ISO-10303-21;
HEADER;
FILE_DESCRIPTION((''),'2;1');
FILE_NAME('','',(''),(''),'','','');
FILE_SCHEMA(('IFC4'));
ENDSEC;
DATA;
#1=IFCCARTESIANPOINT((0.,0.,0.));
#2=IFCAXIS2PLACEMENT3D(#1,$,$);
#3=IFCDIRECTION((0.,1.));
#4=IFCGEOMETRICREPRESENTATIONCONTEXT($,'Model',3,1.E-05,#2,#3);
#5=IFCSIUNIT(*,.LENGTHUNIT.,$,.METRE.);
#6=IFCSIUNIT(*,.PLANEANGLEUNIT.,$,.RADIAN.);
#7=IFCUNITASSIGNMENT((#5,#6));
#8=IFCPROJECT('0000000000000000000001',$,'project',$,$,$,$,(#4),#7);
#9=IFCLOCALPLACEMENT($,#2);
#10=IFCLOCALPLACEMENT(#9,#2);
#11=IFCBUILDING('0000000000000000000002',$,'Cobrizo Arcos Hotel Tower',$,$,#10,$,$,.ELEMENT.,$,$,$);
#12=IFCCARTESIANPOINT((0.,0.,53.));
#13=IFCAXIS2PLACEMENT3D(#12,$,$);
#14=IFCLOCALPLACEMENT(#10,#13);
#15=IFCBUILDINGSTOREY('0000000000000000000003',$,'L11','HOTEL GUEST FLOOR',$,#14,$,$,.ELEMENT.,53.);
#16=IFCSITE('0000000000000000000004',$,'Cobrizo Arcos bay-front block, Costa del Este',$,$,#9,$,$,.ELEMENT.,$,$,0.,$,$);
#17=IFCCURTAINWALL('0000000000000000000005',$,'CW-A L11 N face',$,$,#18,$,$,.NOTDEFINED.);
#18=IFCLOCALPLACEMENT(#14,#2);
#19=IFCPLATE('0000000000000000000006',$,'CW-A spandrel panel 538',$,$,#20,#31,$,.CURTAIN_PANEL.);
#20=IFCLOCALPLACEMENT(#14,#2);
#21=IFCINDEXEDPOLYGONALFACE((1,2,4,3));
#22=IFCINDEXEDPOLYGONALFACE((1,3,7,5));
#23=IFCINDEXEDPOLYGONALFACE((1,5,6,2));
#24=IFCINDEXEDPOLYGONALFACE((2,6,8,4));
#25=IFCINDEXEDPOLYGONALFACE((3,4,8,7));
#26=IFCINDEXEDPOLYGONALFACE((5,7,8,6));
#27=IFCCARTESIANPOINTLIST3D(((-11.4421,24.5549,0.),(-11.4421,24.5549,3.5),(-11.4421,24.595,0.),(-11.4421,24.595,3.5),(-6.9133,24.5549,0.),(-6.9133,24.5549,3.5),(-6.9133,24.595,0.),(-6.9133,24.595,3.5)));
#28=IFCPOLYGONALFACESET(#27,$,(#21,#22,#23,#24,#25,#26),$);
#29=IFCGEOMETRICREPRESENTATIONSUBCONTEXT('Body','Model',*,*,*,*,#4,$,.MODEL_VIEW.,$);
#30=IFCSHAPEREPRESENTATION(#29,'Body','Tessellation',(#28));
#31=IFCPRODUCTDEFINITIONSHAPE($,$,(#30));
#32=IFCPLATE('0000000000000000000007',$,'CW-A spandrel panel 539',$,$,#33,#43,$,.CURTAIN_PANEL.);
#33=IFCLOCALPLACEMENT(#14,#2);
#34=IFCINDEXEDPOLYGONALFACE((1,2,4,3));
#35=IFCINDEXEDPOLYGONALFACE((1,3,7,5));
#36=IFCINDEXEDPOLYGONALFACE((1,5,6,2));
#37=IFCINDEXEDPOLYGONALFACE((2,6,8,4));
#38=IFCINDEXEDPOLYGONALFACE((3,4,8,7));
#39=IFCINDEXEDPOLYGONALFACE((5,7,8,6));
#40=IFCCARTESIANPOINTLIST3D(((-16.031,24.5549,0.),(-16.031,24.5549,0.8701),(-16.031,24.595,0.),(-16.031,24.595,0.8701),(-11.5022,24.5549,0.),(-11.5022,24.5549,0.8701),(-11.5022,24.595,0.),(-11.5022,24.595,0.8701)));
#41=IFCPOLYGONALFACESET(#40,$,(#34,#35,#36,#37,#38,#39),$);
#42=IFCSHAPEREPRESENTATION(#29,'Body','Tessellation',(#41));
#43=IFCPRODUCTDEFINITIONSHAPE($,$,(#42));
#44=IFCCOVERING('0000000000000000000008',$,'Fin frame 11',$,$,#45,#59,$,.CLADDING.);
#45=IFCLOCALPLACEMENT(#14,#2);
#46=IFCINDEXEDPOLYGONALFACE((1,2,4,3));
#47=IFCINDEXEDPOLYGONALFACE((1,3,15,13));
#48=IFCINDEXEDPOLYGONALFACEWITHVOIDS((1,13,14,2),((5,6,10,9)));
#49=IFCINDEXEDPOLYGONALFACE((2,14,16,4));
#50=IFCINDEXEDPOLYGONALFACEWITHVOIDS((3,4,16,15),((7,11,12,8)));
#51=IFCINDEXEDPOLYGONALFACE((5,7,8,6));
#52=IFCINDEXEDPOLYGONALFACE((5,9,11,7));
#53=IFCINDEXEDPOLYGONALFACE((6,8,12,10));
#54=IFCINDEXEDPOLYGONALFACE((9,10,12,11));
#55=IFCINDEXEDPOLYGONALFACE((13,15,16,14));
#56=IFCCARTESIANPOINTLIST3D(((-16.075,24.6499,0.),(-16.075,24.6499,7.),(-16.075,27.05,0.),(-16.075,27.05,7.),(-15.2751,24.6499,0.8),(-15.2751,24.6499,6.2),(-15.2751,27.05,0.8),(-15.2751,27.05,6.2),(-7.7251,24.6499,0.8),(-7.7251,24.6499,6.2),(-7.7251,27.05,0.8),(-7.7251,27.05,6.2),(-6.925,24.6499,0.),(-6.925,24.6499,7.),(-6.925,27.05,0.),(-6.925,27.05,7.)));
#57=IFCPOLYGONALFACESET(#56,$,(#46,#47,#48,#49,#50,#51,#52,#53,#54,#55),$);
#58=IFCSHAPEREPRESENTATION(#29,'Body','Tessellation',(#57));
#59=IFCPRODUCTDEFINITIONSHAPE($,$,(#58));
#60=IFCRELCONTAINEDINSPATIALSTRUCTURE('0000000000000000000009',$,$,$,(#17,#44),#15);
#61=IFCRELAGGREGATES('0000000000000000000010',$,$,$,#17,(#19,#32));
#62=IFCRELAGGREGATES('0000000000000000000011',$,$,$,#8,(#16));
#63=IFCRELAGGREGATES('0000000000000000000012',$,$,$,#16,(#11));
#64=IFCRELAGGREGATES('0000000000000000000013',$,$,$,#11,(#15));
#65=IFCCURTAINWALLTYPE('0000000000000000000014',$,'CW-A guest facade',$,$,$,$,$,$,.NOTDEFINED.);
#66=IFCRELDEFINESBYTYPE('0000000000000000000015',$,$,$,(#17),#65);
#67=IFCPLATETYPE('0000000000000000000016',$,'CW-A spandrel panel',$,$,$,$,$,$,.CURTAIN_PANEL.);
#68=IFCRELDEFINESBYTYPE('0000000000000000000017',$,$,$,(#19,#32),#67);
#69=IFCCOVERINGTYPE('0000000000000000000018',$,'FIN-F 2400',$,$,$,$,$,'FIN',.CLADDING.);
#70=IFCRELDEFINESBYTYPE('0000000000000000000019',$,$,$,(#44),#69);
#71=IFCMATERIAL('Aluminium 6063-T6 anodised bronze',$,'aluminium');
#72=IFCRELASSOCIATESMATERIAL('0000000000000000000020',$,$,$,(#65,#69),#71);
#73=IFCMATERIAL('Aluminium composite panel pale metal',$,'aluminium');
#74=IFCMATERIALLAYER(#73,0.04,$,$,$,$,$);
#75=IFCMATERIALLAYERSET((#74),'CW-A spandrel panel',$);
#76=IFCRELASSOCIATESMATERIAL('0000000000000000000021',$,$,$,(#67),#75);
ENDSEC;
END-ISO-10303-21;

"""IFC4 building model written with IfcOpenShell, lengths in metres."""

from ifc_helpers import new_model, si_unit, direction, frame, origin, origin_2d, place, context, subcontext, project, spatial, polyline, rectangle, outline, extrude, material, layer, layer_set, type_object, element, aggregate, save


model = new_model("IFC4")

# Units and contexts
model_context = context("Model", 3, precision=1e-05, world=origin(), true_north=direction((0.0, 1.0)))
body_context = subcontext(model_context, "Body", "Model", "MODEL_VIEW")
ifc_project = project(units=[si_unit("LENGTHUNIT", "METRE"), si_unit("PLANEANGLEUNIT", "RADIAN")], contexts=[model_context])

# Site, building, storey
site_placement = place(None, origin())
site = spatial("IfcSite", under=ifc_project, at=site_placement, Name="Cobrizo Arcos bay-front block, Costa del Este", CompositionType="ELEMENT", RefElevation=0.0)
building_placement = place(site_placement, origin())
building = spatial("IfcBuilding", under=site, at=building_placement, Name="Cobrizo Arcos Hotel Tower", CompositionType="ELEMENT")
storey_placement = place(building_placement, frame((0.0, 0.0, 53.0)))
storey = spatial("IfcBuildingStorey", under=building, at=storey_placement, Name="L11", Description="HOTEL GUEST FLOOR", CompositionType="ELEMENT", Elevation=53.0)

# Curtain wall
ifc_material_1 = material(Name="Aluminium 6063-T6 anodised bronze", Category="aluminium")
curtain_wall_type = type_object("IfcCurtainWallType", Name="CW-A guest facade", PredefinedType="NOTDEFINED", material=ifc_material_1)
curtain_wall_placement = place(storey_placement, origin())
curtain_wall = element("IfcCurtainWall", 1, at=curtain_wall_placement, inside=storey, type_object=curtain_wall_type, Name="CW-A L11 N face", PredefinedType="NOTDEFINED")

# Plates
ifc_material_2 = material(Name="Aluminium composite panel pale metal", Category="aluminium")
ifc_layer_1 = layer(ifc_material_2, 0.04)
ifc_layer_set_1 = layer_set([ifc_layer_1], Name="CW-A spandrel panel")
plate_type_1 = type_object("IfcPlateType", Name="CW-A spandrel panel", PredefinedType="CURTAIN_PANEL", material=ifc_layer_set_1)
plate_1_placement = place(storey_placement, frame((-9.1777, 24.575, 0.0), z_axis=(0.0, 0.0, 1.0), x_axis=(-1.0, 0.0, 0.0)))
plate_1 = element("IfcPlate", 2, at=plate_1_placement, type_object=plate_type_1, Name="CW-A spandrel panel 538", PredefinedType="CURTAIN_PANEL", context=body_context, shape_type="SweptSolid", body=[
    extrude(rectangle(XDim=4.5288, YDim=0.04, at=origin_2d()), origin(), (0.0, 0.0, 1.0), 3.5),
])
plate_2_placement = place(storey_placement, frame((-13.7666, 24.575, 0.0), z_axis=(0.0, 0.0, 1.0), x_axis=(-1.0, 0.0, 0.0)))
plate_2 = element("IfcPlate", 3, at=plate_2_placement, type_object=plate_type_1, Name="CW-A spandrel panel 539", PredefinedType="CURTAIN_PANEL", context=body_context, shape_type="SweptSolid", body=[
    extrude(rectangle(XDim=4.5288, YDim=0.04, at=origin_2d()), origin(), (0.0, 0.0, 1.0), 0.8701),
])
aggregate(curtain_wall, [plate_1, plate_2])

# Covering
covering_type = type_object("IfcCoveringType", Name="FIN-F 2400", ElementType="FIN", PredefinedType="CLADDING", material=ifc_material_1)
covering_placement = place(storey_placement, frame((-6.925, 24.6499, 0.0), z_axis=(0.0, 1.0, 0.0), x_axis=(-1.0, 0.0, 0.0)))
element("IfcCovering", 4, at=covering_placement, inside=storey, type_object=covering_type, Name="Fin frame 11", PredefinedType="CLADDING", context=body_context, shape_type="SweptSolid", body=[
    extrude(outline(polyline([(0.0, 7.0), (0.0, 0.0), (9.1499, 0.0), (9.1499, 7.0), (0.0, 7.0)]), holes=[polyline([(8.3501, 0.8), (0.8, 0.8), (0.8, 6.2), (8.3501, 6.2), (8.3501, 0.8)])]), origin(), (0.0, 0.0, 1.0), 2.4001),
])

save(model, "model.ifc")
